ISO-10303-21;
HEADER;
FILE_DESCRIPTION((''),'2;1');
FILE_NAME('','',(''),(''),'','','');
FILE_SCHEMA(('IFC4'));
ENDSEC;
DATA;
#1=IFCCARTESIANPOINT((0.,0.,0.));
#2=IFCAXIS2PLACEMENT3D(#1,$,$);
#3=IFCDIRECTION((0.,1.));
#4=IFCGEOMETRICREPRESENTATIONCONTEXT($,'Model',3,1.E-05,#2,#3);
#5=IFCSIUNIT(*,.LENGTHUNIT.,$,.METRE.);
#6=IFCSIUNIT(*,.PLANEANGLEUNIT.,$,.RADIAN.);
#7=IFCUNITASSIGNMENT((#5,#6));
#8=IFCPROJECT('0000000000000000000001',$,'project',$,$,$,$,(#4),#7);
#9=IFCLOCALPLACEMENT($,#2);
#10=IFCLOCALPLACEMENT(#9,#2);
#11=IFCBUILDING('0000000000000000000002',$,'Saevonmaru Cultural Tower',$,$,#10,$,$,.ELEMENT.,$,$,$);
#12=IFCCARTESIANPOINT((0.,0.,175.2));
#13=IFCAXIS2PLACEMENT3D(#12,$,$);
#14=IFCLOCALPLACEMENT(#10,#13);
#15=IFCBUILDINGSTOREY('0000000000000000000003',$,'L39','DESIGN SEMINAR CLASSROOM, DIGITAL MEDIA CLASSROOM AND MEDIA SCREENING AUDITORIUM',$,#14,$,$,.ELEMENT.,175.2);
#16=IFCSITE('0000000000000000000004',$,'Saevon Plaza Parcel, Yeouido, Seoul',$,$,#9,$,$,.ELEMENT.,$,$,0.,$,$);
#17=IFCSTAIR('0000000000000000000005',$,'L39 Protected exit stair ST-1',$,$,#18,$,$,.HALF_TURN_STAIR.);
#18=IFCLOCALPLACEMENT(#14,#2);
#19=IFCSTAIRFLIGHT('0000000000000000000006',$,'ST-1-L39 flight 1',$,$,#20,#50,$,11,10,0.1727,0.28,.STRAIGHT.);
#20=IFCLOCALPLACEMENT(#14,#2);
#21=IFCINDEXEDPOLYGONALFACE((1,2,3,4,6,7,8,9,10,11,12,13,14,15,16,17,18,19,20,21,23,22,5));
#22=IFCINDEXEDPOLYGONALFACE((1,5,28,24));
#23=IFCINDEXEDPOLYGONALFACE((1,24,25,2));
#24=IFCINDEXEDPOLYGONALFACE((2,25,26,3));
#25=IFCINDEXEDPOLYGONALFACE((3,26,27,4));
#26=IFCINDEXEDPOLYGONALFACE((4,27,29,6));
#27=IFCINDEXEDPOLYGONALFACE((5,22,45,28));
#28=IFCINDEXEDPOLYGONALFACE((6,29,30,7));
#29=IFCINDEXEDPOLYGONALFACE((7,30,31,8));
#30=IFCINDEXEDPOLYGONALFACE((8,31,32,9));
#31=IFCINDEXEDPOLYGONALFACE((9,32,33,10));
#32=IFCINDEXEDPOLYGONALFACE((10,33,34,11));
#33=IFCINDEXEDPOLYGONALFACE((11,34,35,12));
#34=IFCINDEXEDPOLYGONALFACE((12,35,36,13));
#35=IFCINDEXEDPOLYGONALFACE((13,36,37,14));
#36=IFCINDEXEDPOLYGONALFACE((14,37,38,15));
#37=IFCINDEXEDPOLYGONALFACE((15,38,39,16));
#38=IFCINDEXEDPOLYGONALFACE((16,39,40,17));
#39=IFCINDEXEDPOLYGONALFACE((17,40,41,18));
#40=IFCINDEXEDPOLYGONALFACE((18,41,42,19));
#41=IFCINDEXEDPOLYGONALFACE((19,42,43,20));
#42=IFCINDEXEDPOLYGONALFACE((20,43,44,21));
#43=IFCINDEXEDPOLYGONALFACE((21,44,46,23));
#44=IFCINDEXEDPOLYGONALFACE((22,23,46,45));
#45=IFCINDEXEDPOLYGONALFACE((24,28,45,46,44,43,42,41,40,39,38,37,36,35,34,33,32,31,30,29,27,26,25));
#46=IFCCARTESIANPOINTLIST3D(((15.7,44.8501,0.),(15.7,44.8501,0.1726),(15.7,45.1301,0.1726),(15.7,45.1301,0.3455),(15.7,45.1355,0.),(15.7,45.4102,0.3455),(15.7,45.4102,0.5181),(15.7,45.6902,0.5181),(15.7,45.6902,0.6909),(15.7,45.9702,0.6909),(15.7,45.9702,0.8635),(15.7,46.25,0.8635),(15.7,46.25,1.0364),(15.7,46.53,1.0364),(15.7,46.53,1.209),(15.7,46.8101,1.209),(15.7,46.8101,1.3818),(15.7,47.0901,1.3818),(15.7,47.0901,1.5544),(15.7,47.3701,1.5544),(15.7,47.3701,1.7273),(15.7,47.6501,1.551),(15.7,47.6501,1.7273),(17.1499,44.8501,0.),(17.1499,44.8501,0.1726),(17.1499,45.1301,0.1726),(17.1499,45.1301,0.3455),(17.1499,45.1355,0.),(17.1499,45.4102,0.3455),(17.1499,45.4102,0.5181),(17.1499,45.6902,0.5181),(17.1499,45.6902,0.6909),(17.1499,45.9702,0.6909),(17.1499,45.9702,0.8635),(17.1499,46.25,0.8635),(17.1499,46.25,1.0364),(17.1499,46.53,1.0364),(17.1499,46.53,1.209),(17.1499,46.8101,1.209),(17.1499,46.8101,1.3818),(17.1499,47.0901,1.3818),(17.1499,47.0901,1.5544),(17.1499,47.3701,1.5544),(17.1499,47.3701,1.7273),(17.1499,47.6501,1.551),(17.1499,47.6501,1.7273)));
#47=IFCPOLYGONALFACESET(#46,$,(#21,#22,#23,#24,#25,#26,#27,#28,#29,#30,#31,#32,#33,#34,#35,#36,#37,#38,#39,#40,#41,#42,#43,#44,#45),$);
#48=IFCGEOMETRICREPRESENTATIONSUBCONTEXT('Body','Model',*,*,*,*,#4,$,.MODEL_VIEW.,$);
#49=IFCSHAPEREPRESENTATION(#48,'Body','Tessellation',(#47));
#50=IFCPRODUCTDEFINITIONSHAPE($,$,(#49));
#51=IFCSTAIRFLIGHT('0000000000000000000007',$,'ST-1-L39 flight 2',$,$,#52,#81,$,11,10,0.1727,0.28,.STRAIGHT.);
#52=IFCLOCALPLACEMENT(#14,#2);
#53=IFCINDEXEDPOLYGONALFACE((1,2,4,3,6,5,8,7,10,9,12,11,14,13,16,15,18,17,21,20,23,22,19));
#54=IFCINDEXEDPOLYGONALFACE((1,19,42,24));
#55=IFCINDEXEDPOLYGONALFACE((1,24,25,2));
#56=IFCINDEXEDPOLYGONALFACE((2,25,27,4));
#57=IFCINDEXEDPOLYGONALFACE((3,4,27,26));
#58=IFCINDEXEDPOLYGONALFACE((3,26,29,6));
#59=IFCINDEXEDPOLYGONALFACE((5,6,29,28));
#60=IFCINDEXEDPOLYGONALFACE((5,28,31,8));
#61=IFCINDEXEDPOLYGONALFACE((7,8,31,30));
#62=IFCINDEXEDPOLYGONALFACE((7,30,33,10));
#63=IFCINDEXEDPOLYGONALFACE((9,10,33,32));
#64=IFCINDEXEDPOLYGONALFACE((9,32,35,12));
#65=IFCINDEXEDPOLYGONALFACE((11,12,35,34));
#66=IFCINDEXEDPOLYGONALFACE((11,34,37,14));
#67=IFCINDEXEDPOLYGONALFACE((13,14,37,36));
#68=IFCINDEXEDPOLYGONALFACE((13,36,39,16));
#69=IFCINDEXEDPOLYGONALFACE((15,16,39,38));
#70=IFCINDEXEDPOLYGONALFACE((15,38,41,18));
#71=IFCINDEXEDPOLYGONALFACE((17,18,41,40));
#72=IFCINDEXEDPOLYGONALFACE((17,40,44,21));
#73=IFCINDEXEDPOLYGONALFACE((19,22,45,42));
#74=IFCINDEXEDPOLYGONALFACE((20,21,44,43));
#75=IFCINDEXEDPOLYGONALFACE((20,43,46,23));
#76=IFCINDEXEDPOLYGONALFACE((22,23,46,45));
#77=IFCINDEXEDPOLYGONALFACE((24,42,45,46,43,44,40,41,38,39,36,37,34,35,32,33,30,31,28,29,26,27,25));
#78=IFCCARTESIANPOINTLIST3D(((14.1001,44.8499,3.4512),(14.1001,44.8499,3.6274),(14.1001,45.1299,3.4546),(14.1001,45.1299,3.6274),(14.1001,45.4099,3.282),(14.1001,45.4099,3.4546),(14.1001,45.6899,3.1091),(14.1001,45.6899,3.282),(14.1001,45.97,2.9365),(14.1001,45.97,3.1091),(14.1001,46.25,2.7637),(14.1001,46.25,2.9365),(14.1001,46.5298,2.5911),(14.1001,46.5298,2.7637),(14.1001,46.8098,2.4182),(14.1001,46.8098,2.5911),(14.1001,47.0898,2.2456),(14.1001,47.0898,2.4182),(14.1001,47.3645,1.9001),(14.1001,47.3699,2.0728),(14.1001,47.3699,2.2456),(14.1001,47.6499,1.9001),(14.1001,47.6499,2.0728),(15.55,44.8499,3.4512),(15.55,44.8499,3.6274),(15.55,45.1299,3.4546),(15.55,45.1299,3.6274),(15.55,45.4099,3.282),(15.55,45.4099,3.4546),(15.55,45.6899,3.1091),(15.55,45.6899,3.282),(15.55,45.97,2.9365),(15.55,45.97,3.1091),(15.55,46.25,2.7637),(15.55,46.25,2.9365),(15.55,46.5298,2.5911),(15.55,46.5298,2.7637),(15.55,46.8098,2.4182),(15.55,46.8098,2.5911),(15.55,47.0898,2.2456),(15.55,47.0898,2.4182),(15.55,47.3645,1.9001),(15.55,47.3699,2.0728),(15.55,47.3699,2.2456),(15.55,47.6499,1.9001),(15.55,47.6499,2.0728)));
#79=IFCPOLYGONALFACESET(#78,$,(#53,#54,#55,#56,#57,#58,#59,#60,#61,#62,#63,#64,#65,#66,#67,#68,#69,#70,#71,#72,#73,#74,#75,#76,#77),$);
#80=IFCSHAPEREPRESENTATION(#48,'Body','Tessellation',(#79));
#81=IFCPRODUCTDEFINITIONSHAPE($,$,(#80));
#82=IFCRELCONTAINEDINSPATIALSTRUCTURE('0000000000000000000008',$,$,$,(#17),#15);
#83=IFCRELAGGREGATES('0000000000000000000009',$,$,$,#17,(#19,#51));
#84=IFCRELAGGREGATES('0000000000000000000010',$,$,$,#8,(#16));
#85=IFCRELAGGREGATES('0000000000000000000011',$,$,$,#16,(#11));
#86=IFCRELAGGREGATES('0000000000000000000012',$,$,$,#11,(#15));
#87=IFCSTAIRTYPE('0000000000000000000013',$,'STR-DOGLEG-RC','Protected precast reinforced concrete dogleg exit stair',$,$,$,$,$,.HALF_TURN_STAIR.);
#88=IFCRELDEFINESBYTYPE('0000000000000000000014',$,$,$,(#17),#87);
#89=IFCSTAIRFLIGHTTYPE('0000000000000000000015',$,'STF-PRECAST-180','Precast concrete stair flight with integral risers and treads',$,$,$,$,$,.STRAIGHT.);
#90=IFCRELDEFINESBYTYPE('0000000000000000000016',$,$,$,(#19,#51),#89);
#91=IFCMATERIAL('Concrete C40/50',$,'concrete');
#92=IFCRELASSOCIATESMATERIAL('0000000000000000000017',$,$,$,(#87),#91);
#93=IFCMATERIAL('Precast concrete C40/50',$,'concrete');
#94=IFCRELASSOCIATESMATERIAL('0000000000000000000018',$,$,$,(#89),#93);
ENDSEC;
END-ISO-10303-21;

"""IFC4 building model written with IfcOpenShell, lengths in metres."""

from ifc_helpers import new_model, si_unit, direction, frame, origin, place, context, subcontext, project, spatial, polyline, outline, extrude, material, type_object, element, aggregate, save


model = new_model("IFC4")

# Units and contexts
model_context = context("Model", 3, precision=1e-05, world=origin(), true_north=direction((0.0, 1.0)))
body_context = subcontext(model_context, "Body", "Model", "MODEL_VIEW")
ifc_project = project(units=[si_unit("LENGTHUNIT", "METRE"), si_unit("PLANEANGLEUNIT", "RADIAN")], contexts=[model_context])

# Site, building, storey
site_placement = place(None, origin())
site = spatial("IfcSite", under=ifc_project, at=site_placement, Name="Saevon Plaza Parcel, Yeouido, Seoul", CompositionType="ELEMENT", RefElevation=0.0)
building_placement = place(site_placement, origin())
building = spatial("IfcBuilding", under=site, at=building_placement, Name="Saevonmaru Cultural Tower", CompositionType="ELEMENT")
storey_placement = place(building_placement, frame((0.0, 0.0, 175.2)))
storey = spatial("IfcBuildingStorey", under=building, at=storey_placement, Name="L39", Description="DESIGN SEMINAR CLASSROOM, DIGITAL MEDIA CLASSROOM AND MEDIA SCREENING AUDITORIUM", CompositionType="ELEMENT", Elevation=175.2)

# Shared definitions
ifc_material_1 = material(Name="Concrete C40/50", Category="concrete")

# Stair, stair flights
stair_type = type_object("IfcStairType", Name="STR-DOGLEG-RC", Description="Protected precast reinforced concrete dogleg exit stair", PredefinedType="HALF_TURN_STAIR", material=ifc_material_1)
stair_placement = place(storey_placement, origin())
stair = element("IfcStair", 1, at=stair_placement, inside=storey, type_object=stair_type, Name="L39 Protected exit stair ST-1", PredefinedType="HALF_TURN_STAIR")
ifc_material_2 = material(Name="Precast concrete C40/50", Category="concrete")
stair_flight_type = type_object("IfcStairFlightType", Name="STF-PRECAST-180", Description="Precast concrete stair flight with integral risers and treads", PredefinedType="STRAIGHT", material=ifc_material_2)
stair_flight_1_placement = place(storey_placement, frame((16.425, 44.8501, 0.0), z_axis=(0.0, 0.0, 1.0), x_axis=(0.0, 1.0, 0.0)))
stair_flight_1 = element("IfcStairFlight", 2, at=stair_flight_1_placement, type_object=stair_flight_type, Name="ST-1-L39 flight 1", NumberOfRisers=11, NumberOfTreads=10, PredefinedType="STRAIGHT", RiserHeight=0.1727, TreadLength=0.28, context=body_context, shape_type="SweptSolid", body=[
    extrude(outline(polyline([(0.0, 0.0), (0.0, 0.1726), (0.28, 0.1726), (0.28, 0.3455), (0.5601, 0.3455), (0.5601, 0.5181), (0.8401, 0.5181), (0.8401, 0.6909), (1.1201, 0.6909), (1.1201, 0.8635), (1.3999, 0.8635), (1.3999, 1.0364), (1.6799, 1.0364), (1.6799, 1.209), (1.96, 1.209), (1.96, 1.3818), (2.24, 1.3818), (2.24, 1.5544), (2.52, 1.5544), (2.52, 1.7273), (2.8, 1.7273), (2.8, 1.8999), (2.8, 1.551), (0.2854, 0.0), (0.0, 0.0)])), frame((0.0, 0.7251, 0.0), z_axis=(0.0, -1.0, 0.0), x_axis=(1.0, 0.0, 0.0)), (0.0, 0.0, 1.0), 1.45),
])
stair_flight_2_placement = place(storey_placement, frame((14.825, 47.6499, 1.9001), z_axis=(0.0, 0.0, 1.0), x_axis=(0.0, -1.0, 0.0)))
stair_flight_2 = element("IfcStairFlight", 3, at=stair_flight_2_placement, type_object=stair_flight_type, Name="ST-1-L39 flight 2", NumberOfRisers=11, NumberOfTreads=10, PredefinedType="STRAIGHT", RiserHeight=0.1727, TreadLength=0.28, context=body_context, shape_type="SweptSolid", body=[
    extrude(outline(polyline([(0.0, 0.0), (0.0, 0.1726), (0.28, 0.1726), (0.28, 0.3455), (0.5601, 0.3455), (0.5601, 0.5181), (0.8401, 0.5181), (0.8401, 0.6909), (1.1201, 0.6909), (1.1201, 0.8635), (1.3999, 0.8635), (1.3999, 1.0364), (1.6799, 1.0364), (1.6799, 1.209), (1.96, 1.209), (1.96, 1.3818), (2.24, 1.3818), (2.24, 1.5544), (2.52, 1.5544), (2.52, 1.7273), (2.8, 1.7273), (2.8, 1.8999), (2.8, 1.551), (0.2854, 0.0), (0.0, 0.0)])), frame((0.0, 0.7251, 0.0), z_axis=(0.0, -1.0, 0.0), x_axis=(1.0, 0.0, 0.0)), (0.0, 0.0, 1.0), 1.45),
])
aggregate(stair, [stair_flight_1, stair_flight_2])

save(model, "model.ifc")
